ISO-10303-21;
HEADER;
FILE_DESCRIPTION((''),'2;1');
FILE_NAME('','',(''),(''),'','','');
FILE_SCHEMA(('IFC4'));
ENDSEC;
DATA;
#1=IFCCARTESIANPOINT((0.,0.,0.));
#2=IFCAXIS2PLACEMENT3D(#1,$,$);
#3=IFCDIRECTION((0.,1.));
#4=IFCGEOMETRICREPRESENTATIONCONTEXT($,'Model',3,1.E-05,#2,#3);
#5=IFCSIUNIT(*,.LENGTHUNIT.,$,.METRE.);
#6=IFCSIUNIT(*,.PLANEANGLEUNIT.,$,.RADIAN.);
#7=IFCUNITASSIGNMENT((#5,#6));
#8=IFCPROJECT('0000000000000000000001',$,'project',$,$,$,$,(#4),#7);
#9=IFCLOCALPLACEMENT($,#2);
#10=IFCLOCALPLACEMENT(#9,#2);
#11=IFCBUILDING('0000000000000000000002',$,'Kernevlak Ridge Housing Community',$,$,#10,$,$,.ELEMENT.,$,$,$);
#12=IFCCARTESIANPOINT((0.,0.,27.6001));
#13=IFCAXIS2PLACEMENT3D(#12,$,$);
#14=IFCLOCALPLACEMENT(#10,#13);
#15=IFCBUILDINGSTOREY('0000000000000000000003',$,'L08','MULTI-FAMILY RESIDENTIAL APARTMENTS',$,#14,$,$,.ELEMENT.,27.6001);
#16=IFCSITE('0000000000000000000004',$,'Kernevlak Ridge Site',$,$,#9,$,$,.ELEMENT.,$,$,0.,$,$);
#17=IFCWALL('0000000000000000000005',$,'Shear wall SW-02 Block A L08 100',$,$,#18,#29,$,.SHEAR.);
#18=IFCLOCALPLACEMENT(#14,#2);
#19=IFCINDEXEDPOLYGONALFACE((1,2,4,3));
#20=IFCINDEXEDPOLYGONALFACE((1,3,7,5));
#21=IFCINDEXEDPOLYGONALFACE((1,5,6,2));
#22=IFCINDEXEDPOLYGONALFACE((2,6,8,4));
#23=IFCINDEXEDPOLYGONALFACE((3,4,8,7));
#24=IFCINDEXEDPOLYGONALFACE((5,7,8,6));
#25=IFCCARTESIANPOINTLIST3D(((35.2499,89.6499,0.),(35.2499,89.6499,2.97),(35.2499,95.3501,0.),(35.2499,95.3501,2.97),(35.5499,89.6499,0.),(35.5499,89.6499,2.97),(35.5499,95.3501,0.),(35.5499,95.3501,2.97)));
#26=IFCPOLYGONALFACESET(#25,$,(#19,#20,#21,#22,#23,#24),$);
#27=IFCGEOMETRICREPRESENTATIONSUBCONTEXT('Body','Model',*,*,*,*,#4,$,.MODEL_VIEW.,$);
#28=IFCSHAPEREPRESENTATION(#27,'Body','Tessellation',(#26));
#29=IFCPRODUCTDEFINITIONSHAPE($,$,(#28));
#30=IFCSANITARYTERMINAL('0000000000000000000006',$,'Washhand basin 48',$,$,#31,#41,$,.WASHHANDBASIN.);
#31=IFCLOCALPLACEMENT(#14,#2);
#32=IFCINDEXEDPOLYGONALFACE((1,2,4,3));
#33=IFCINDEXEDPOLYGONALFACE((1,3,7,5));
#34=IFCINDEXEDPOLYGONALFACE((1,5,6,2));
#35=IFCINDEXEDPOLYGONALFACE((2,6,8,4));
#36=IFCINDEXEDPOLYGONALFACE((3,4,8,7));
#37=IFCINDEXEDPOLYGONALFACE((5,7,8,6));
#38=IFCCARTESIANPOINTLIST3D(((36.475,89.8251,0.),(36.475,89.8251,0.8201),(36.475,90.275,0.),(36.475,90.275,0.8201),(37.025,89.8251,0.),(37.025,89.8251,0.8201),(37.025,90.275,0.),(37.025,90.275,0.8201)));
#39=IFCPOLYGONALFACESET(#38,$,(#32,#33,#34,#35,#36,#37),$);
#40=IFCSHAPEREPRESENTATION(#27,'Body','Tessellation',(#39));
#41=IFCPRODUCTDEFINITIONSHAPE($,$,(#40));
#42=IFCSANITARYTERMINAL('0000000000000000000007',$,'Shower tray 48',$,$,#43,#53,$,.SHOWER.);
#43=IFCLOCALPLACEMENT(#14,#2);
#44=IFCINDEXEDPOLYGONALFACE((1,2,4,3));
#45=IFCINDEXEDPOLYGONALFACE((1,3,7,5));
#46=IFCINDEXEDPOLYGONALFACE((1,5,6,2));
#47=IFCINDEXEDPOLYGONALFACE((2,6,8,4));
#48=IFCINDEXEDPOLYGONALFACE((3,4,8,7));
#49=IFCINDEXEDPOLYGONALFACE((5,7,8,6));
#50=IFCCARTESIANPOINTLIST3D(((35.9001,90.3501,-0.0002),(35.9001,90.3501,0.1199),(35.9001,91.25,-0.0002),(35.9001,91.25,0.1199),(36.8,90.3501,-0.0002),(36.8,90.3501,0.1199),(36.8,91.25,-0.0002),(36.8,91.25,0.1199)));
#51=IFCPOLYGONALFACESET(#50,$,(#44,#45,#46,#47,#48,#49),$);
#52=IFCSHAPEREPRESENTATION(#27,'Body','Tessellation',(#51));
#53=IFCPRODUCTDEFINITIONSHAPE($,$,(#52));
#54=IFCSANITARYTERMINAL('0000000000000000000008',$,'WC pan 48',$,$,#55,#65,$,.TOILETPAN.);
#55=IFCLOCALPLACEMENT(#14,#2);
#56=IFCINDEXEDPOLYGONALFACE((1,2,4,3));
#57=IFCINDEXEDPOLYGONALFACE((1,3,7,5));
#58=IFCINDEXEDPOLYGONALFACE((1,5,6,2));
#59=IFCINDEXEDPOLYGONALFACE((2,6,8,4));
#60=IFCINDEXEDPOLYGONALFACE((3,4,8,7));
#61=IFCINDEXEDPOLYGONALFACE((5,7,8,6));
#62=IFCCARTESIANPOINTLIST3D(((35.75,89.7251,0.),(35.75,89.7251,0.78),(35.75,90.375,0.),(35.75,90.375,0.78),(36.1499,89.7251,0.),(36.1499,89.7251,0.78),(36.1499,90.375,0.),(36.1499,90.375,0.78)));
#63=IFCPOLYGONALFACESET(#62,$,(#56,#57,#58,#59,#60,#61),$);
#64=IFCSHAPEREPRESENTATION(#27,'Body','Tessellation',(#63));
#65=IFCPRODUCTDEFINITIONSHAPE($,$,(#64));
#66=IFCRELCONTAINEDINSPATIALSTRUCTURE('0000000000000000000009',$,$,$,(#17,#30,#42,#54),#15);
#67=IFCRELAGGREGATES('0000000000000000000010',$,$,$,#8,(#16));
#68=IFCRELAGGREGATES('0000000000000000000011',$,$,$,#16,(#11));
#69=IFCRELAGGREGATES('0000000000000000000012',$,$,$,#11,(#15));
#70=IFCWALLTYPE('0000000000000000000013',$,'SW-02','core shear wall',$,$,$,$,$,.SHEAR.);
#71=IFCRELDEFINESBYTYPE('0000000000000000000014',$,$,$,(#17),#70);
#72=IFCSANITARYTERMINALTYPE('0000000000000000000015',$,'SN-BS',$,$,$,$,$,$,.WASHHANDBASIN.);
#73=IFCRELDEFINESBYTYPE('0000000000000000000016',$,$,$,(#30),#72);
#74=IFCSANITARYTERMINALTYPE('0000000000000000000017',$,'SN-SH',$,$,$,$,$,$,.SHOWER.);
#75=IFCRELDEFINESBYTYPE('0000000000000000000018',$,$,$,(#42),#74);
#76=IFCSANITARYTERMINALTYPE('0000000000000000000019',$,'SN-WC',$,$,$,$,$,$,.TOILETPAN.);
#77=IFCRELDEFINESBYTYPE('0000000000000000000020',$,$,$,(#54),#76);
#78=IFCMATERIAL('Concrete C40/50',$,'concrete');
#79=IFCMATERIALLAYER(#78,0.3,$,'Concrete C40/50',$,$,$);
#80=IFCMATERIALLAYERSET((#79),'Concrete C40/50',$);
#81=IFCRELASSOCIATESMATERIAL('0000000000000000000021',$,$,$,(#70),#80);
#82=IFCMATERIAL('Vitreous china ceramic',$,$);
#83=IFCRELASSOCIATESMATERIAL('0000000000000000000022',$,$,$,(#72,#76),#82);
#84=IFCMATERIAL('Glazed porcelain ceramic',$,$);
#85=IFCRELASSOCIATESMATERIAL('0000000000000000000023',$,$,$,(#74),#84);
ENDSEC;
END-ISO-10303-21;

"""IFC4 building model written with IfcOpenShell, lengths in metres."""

from ifc_helpers import new_model, si_unit, direction, frame, frame_2d, origin, origin_2d, place, context, subcontext, project, spatial, rectangle, extrude, material, layer, layer_set, type_object, element, save


model = new_model("IFC4")

# Units and contexts
model_context = context("Model", 3, precision=1e-05, world=origin(), true_north=direction((0.0, 1.0)))
body_context = subcontext(model_context, "Body", "Model", "MODEL_VIEW")
ifc_project = project(units=[si_unit("LENGTHUNIT", "METRE"), si_unit("PLANEANGLEUNIT", "RADIAN")], contexts=[model_context])

# Site, building, storey
site_placement = place(None, origin())
site = spatial("IfcSite", under=ifc_project, at=site_placement, Name="Kernevlak Ridge Site", CompositionType="ELEMENT", RefElevation=0.0)
building_placement = place(site_placement, origin())
building = spatial("IfcBuilding", under=site, at=building_placement, Name="Kernevlak Ridge Housing Community", CompositionType="ELEMENT")
storey_placement = place(building_placement, frame((0.0, 0.0, 27.6001)))
storey = spatial("IfcBuildingStorey", under=building, at=storey_placement, Name="L08", Description="MULTI-FAMILY RESIDENTIAL APARTMENTS", CompositionType="ELEMENT", Elevation=27.6001)

# Shared definitions
ifc_material_1 = material(Name="Concrete C40/50", Category="concrete")

# Wall
ifc_layer_1 = layer(ifc_material_1, 0.3, Name="Concrete C40/50")
ifc_layer_set_1 = layer_set([ifc_layer_1], Name="Concrete C40/50")
wall_type_1 = type_object("IfcWallType", Name="SW-02", Description="core shear wall", PredefinedType="SHEAR", material=ifc_layer_set_1)
wall_1_placement = place(storey_placement, frame((35.3999, 89.6499, 0.0), z_axis=(0.0, 0.0, 1.0), x_axis=(0.0, 1.0, 0.0)))
element("IfcWall", 1, at=wall_1_placement, inside=storey, type_object=wall_type_1, Name="Shear wall SW-02 Block A L08 100", PredefinedType="SHEAR", context=body_context, shape_type="SweptSolid", body=[
    extrude(rectangle(XDim=5.7002, YDim=0.3, at=frame_2d((2.8501, 0.0))), origin(), (0.0, 0.0, 1.0), 2.97),
])

# Sanitary terminals
ifc_material_2 = material(Name="Vitreous china ceramic")
sanitary_terminal_type_1 = type_object("IfcSanitaryTerminalType", Name="SN-BS", PredefinedType="WASHHANDBASIN", material=ifc_material_2)
sanitary_terminal_1_placement = place(storey_placement, frame((36.75, 90.05, 0.0), z_axis=(0.0, 0.0, 1.0), x_axis=(1.0, 0.0, 0.0)))
element("IfcSanitaryTerminal", 2, at=sanitary_terminal_1_placement, inside=storey, type_object=sanitary_terminal_type_1, Name="Washhand basin 48", PredefinedType="WASHHANDBASIN", context=body_context, shape_type="SweptSolid", body=[
    extrude(rectangle(XDim=0.55, YDim=0.45, at=origin_2d()), origin(), (0.0, 0.0, 1.0), 0.8201),
])
ifc_material_3 = material(Name="Glazed porcelain ceramic")
sanitary_terminal_type_2 = type_object("IfcSanitaryTerminalType", Name="SN-SH", PredefinedType="SHOWER", material=ifc_material_3)
sanitary_terminal_2_placement = place(storey_placement, frame((36.3501, 90.8, -0.0002), z_axis=(0.0, 0.0, 1.0), x_axis=(1.0, 0.0, 0.0)))
element("IfcSanitaryTerminal", 3, at=sanitary_terminal_2_placement, inside=storey, type_object=sanitary_terminal_type_2, Name="Shower tray 48", PredefinedType="SHOWER", context=body_context, shape_type="SweptSolid", body=[
    extrude(rectangle(XDim=0.8999, YDim=0.8999, at=origin_2d()), origin(), (0.0, 0.0, 1.0), 0.1201),
])
sanitary_terminal_type_3 = type_object("IfcSanitaryTerminalType", Name="SN-WC", PredefinedType="TOILETPAN", material=ifc_material_2)
sanitary_terminal_3_placement = place(storey_placement, frame((35.95, 90.05, 0.0), z_axis=(0.0, 0.0, 1.0), x_axis=(1.0, 0.0, 0.0)))
element("IfcSanitaryTerminal", 4, at=sanitary_terminal_3_placement, inside=storey, type_object=sanitary_terminal_type_3, Name="WC pan 48", PredefinedType="TOILETPAN", context=body_context, shape_type="SweptSolid", body=[
    extrude(rectangle(XDim=0.3999, YDim=0.6499, at=origin_2d()), origin(), (0.0, 0.0, 1.0), 0.78),
])

save(model, "model.ifc")
